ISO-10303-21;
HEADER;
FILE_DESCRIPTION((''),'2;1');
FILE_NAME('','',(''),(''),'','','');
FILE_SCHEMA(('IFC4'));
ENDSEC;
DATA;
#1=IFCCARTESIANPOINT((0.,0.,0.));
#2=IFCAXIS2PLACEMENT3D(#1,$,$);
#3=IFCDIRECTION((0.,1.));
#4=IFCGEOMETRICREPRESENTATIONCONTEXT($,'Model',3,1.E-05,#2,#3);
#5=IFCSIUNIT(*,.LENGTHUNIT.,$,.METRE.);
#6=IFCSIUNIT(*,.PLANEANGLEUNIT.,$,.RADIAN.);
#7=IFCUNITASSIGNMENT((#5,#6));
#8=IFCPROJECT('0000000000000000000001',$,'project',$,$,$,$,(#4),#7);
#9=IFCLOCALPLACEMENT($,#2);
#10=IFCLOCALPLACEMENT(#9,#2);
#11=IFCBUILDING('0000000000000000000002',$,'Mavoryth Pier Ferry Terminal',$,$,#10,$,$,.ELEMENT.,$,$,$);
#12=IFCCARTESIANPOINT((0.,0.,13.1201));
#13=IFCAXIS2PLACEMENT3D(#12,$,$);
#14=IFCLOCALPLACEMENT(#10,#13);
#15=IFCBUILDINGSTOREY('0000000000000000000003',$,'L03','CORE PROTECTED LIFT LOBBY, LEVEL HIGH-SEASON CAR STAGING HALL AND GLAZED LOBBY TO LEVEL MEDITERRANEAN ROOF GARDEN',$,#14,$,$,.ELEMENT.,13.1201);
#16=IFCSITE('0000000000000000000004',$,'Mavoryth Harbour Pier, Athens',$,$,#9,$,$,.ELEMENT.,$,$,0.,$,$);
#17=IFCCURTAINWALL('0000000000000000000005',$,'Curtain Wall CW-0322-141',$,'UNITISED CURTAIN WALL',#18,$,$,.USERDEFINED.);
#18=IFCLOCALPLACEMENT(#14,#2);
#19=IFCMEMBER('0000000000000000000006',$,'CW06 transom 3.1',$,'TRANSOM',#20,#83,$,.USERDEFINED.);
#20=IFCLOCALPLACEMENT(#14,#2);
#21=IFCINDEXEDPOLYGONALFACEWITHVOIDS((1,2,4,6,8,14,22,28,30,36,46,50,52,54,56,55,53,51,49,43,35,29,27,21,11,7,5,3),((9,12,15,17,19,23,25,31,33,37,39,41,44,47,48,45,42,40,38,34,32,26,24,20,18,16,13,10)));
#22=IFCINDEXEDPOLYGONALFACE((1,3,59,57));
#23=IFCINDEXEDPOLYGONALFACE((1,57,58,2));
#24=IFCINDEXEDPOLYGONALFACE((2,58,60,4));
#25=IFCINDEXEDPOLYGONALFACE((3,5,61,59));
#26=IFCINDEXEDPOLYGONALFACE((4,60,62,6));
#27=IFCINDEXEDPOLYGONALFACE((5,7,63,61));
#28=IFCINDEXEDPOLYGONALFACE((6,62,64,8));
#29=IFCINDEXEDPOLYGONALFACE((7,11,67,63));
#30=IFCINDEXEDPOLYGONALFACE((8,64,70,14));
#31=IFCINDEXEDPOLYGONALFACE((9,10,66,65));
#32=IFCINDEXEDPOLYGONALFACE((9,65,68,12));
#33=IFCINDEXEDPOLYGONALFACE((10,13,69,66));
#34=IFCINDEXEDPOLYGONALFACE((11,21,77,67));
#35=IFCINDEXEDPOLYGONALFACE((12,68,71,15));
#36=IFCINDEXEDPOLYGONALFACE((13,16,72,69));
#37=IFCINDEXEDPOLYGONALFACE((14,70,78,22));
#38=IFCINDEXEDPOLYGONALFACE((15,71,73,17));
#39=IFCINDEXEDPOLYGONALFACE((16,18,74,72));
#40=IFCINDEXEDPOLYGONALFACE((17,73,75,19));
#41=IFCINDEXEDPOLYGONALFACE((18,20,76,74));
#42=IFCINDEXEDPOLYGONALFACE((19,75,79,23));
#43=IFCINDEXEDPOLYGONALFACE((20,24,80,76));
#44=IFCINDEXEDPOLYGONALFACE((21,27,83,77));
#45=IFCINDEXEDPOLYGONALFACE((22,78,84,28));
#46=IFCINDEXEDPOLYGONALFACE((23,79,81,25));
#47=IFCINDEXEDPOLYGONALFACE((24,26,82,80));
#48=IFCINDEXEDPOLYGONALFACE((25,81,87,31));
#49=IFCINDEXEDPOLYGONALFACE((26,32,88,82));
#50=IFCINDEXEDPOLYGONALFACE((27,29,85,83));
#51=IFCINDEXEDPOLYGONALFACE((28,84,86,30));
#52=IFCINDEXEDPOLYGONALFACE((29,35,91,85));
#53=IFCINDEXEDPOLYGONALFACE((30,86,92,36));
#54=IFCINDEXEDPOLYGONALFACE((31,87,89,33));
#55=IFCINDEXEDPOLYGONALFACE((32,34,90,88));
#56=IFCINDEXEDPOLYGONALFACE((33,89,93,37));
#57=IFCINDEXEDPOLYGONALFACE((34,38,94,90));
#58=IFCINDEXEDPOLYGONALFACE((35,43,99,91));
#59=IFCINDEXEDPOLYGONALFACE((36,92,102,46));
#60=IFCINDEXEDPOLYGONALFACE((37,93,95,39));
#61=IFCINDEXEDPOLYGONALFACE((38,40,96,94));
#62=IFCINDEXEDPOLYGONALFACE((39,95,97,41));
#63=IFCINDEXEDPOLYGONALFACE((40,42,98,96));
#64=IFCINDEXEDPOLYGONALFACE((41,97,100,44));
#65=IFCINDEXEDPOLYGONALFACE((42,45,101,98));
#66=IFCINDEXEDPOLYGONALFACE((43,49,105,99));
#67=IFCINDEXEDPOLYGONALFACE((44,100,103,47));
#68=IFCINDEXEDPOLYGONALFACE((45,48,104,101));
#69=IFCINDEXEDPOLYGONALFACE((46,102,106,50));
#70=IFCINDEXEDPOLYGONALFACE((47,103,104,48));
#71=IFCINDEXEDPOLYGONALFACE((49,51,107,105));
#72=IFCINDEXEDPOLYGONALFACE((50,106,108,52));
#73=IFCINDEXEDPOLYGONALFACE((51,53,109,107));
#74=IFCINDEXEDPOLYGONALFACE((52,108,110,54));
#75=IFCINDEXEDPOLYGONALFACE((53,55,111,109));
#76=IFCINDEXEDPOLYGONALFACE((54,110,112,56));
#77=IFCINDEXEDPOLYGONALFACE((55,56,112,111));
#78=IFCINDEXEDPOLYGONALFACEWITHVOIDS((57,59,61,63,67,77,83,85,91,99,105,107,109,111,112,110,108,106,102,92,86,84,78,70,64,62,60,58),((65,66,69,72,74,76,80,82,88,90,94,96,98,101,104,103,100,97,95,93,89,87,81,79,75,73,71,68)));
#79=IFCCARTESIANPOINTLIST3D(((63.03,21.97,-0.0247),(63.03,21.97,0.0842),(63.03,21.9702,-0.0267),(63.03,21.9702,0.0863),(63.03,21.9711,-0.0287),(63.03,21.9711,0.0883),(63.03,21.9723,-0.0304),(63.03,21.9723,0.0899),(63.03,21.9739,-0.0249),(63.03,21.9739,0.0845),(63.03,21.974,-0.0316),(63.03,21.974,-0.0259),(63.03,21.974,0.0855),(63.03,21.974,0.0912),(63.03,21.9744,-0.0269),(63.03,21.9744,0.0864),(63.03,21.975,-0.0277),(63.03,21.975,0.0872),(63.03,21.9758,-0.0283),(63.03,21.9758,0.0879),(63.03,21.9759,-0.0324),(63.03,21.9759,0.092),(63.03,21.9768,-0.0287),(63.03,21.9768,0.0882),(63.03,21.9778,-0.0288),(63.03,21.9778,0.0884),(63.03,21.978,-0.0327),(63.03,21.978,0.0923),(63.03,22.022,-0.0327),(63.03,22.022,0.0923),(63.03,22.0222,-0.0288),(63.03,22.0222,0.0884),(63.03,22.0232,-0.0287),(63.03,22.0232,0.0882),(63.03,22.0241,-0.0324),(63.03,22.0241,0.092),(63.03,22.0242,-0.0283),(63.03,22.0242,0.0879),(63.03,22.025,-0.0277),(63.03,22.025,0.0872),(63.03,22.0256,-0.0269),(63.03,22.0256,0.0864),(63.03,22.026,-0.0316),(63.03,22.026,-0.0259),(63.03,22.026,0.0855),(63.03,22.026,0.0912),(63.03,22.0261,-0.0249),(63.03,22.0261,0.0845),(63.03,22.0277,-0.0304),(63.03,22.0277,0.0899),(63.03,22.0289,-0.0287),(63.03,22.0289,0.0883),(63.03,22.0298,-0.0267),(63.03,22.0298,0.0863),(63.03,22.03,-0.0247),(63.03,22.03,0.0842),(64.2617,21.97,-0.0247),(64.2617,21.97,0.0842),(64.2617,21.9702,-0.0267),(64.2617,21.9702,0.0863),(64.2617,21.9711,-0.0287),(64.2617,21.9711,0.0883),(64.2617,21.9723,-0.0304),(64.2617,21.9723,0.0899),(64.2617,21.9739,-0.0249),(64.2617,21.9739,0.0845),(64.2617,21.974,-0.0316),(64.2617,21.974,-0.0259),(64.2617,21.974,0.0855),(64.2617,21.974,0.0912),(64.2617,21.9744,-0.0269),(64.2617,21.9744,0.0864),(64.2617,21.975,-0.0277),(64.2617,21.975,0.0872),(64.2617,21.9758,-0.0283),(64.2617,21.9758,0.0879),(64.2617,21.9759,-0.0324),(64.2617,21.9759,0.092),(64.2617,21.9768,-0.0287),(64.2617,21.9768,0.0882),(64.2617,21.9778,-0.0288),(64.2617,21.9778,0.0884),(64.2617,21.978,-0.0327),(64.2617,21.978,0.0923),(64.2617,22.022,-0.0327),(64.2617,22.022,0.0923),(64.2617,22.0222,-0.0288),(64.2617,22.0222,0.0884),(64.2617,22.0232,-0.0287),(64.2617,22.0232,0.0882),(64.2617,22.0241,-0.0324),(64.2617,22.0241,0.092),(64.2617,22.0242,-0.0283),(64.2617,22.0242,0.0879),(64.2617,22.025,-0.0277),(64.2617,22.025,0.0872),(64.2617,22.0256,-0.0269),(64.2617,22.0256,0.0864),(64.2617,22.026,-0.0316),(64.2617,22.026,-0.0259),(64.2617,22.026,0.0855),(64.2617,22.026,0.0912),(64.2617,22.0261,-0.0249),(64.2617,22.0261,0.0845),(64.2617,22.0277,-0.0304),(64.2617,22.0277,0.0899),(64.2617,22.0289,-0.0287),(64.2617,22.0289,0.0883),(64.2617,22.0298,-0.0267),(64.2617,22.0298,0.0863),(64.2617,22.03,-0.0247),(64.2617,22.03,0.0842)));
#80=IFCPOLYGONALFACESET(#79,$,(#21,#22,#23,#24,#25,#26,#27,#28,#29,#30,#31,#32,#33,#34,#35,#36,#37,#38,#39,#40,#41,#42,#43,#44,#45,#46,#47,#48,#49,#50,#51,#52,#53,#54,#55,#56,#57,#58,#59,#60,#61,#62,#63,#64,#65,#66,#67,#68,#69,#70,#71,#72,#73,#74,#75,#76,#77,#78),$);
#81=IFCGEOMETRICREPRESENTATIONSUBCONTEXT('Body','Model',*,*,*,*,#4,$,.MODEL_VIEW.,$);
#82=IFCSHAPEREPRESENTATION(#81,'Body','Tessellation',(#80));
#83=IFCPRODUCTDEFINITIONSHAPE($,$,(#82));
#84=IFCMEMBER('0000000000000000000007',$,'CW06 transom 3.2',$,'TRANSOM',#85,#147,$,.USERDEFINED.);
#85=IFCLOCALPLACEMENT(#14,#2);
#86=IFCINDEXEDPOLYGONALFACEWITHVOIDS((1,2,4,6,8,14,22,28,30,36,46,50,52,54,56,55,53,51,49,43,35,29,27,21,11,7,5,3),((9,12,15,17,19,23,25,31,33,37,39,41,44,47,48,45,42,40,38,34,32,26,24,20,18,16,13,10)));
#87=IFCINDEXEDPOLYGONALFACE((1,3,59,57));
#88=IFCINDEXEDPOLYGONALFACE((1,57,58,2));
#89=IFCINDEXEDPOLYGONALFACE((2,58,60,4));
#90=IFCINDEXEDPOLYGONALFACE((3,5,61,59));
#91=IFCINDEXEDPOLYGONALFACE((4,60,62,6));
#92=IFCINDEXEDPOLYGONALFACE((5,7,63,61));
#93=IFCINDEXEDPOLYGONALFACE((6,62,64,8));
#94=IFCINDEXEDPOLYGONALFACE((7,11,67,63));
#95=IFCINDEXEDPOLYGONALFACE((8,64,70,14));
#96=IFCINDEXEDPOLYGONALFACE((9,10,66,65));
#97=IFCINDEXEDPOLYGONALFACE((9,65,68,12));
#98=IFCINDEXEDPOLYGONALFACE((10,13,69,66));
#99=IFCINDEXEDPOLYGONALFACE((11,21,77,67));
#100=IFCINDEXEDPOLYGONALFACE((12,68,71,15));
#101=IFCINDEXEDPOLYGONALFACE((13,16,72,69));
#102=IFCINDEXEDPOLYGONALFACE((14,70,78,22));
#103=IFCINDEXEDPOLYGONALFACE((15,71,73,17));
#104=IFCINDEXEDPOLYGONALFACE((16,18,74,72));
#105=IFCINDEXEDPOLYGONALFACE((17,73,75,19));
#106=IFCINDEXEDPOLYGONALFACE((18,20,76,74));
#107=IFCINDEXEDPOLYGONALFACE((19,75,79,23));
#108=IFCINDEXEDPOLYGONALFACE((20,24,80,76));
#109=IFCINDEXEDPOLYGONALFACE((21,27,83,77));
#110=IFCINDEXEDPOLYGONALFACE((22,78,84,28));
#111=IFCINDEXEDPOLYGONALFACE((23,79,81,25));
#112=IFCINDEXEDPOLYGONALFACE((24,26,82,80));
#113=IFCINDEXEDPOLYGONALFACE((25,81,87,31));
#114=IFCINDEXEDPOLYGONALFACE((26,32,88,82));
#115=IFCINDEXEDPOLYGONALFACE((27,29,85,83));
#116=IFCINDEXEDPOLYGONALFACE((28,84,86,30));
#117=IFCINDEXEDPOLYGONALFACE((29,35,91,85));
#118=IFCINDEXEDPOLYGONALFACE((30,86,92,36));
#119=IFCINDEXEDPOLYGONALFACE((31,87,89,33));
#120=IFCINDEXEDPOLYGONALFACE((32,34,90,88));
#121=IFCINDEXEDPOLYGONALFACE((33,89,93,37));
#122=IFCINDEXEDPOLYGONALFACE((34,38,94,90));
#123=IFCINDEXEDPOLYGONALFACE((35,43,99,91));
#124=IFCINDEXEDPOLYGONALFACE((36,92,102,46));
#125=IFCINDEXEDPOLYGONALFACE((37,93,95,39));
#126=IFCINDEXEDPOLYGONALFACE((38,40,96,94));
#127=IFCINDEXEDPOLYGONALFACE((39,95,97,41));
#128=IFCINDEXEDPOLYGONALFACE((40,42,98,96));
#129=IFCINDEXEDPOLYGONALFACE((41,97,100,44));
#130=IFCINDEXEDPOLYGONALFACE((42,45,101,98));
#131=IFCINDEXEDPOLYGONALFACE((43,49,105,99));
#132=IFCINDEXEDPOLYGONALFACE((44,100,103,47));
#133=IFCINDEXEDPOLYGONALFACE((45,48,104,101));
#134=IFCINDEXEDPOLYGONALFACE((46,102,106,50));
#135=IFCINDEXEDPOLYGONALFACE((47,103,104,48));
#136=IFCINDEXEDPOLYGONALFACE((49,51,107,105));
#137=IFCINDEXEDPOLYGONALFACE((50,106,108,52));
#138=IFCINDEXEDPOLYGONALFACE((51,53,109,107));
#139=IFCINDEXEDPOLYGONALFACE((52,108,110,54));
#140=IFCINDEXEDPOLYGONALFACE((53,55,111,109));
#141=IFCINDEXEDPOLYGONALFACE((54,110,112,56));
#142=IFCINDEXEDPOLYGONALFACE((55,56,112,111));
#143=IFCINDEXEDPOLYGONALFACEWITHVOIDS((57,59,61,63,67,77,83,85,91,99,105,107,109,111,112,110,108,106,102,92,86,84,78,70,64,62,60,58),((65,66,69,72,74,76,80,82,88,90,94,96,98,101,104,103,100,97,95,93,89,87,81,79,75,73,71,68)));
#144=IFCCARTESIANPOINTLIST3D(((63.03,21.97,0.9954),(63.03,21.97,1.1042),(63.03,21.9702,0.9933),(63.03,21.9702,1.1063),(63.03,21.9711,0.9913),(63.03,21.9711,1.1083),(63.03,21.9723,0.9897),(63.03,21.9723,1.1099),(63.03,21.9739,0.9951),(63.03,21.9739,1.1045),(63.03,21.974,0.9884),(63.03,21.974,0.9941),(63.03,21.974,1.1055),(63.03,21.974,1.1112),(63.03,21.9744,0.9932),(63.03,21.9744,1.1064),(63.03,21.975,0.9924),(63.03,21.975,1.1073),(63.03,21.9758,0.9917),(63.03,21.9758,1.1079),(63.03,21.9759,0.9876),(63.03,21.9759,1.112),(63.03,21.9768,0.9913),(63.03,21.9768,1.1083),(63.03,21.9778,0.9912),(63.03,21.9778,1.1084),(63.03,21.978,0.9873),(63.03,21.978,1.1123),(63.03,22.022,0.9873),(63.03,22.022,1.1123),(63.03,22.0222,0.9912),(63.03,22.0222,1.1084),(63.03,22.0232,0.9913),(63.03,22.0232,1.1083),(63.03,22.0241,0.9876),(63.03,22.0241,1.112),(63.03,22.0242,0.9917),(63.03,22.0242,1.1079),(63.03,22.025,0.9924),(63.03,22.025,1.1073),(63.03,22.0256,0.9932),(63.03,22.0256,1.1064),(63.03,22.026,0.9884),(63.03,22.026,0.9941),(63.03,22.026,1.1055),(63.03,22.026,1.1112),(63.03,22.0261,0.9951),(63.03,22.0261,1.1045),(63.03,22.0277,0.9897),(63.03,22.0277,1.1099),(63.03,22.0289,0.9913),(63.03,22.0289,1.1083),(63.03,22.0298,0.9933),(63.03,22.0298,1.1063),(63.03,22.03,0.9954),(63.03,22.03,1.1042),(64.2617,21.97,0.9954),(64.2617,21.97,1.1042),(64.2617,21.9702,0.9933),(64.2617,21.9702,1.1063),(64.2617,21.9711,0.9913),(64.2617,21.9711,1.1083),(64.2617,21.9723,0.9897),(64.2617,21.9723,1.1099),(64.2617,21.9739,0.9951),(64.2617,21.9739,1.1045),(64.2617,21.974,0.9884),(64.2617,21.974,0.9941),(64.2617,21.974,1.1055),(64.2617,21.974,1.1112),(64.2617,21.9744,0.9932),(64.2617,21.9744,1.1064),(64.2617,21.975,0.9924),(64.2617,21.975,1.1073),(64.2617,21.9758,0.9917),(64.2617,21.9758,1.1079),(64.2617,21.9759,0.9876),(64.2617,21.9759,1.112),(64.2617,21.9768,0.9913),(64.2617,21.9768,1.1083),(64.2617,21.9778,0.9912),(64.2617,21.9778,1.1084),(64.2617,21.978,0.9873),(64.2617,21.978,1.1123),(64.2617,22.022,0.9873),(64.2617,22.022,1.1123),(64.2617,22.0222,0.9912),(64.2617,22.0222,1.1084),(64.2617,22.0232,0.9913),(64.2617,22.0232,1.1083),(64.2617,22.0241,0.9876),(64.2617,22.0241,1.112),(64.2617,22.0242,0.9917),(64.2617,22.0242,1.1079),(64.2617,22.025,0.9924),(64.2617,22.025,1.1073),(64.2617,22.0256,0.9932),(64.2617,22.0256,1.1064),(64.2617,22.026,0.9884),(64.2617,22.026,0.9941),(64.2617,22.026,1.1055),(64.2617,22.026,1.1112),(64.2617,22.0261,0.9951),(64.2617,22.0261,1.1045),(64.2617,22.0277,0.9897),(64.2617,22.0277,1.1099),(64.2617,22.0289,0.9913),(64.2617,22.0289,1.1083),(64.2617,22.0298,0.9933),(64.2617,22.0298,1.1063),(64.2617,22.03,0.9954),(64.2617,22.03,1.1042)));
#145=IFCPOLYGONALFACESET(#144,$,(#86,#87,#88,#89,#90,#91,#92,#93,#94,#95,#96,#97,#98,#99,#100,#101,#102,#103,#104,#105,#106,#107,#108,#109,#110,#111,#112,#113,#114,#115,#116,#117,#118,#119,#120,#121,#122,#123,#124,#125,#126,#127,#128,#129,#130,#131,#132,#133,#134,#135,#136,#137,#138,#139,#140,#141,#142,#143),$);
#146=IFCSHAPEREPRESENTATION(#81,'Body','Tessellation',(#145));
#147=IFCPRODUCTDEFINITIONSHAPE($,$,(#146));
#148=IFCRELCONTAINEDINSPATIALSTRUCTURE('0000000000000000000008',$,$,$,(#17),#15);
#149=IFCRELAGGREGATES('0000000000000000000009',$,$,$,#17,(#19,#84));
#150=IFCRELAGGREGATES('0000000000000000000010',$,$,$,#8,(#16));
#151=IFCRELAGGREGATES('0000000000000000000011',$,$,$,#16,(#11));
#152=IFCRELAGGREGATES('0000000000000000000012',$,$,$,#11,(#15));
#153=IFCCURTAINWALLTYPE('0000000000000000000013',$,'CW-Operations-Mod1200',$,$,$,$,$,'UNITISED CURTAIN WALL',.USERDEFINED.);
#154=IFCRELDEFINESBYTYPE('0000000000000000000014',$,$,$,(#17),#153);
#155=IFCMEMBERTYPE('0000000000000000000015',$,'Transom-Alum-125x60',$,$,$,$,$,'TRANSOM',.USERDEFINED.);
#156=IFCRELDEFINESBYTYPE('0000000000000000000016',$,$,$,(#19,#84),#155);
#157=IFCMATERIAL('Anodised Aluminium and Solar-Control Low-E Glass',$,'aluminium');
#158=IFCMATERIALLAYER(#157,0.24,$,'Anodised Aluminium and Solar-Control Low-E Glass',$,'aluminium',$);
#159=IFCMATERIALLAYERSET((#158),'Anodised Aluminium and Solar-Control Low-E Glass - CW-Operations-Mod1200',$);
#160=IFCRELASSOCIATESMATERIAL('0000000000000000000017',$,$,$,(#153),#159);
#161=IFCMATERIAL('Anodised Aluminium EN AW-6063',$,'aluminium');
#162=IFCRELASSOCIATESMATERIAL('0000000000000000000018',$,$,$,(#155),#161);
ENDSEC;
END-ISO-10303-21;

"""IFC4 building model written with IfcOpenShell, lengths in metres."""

from ifc_helpers import new_model, si_unit, direction, frame, origin, origin_2d, place, context, subcontext, project, spatial, hollow_rectangle, extrude, material, layer, layer_set, material_profile, profile_set, type_object, element, aggregate, save


model = new_model("IFC4")

# Units and contexts
model_context = context("Model", 3, precision=1e-05, world=origin(), true_north=direction((0.0, 1.0)))
body_context = subcontext(model_context, "Body", "Model", "MODEL_VIEW")
ifc_project = project(units=[si_unit("LENGTHUNIT", "METRE"), si_unit("PLANEANGLEUNIT", "RADIAN")], contexts=[model_context])

# Site, building, storey
site_placement = place(None, origin())
site = spatial("IfcSite", under=ifc_project, at=site_placement, Name="Mavoryth Harbour Pier, Athens", CompositionType="ELEMENT", RefElevation=0.0)
building_placement = place(site_placement, origin())
building = spatial("IfcBuilding", under=site, at=building_placement, Name="Mavoryth Pier Ferry Terminal", CompositionType="ELEMENT")
storey_placement = place(building_placement, frame((0.0, 0.0, 13.1201)))
storey = spatial("IfcBuildingStorey", under=building, at=storey_placement, Name="L03", Description="CORE PROTECTED LIFT LOBBY, LEVEL HIGH-SEASON CAR STAGING HALL AND GLAZED LOBBY TO LEVEL MEDITERRANEAN ROOF GARDEN", CompositionType="ELEMENT", Elevation=13.1201)

# Curtain wall
ifc_material_1 = material(Name="Anodised Aluminium and Solar-Control Low-E Glass", Category="aluminium")
ifc_layer_1 = layer(ifc_material_1, 0.24, Name="Anodised Aluminium and Solar-Control Low-E Glass", Category="aluminium")
ifc_layer_set_1 = layer_set([ifc_layer_1], Name="Anodised Aluminium and Solar-Control Low-E Glass - CW-Operations-Mod1200")
curtain_wall_type = type_object("IfcCurtainWallType", Name="CW-Operations-Mod1200", ElementType="UNITISED CURTAIN WALL", PredefinedType="USERDEFINED", material=ifc_layer_set_1)
curtain_wall_1_placement = place(storey_placement, origin())
curtain_wall_1 = element("IfcCurtainWall", 1, at=curtain_wall_1_placement, inside=storey, type_object=curtain_wall_type, Name="Curtain Wall CW-0322-141", ObjectType="UNITISED CURTAIN WALL", PredefinedType="USERDEFINED")
ifc_material_2 = material(Name="Anodised Aluminium EN AW-6063", Category="aluminium")

# Members
ifc_material_profile_1 = material_profile(ifc_material_2, hollow_rectangle(XDim=0.0601, YDim=0.125, WallThickness=0.0039, InnerFilletRadius=0.0039, OuterFilletRadius=0.0081, at=origin_2d()), Name="AL-TRAN 125x60x4", Category="aluminium")
ifc_profile_set_1 = profile_set([ifc_material_profile_1], Name="Anodised Aluminium EN AW-6063 - AL-TRAN 125x60x4")
member_type_1 = type_object("IfcMemberType", Name="Transom-Alum-125x60", ElementType="TRANSOM", PredefinedType="USERDEFINED", material=ifc_profile_set_1)
member_1_placement = place(storey_placement, frame((64.2617, 22.0, 0.0298), z_axis=(-1.0, 0.0, 0.0), x_axis=(0.0, -1.0, 0.0)))
member_1 = element("IfcMember", 2, at=member_1_placement, type_object=member_type_1, Name="CW06 transom 3.1", ObjectType="TRANSOM", PredefinedType="USERDEFINED", context=body_context, shape_type="SweptSolid", body=[
    extrude(hollow_rectangle(XDim=0.0601, YDim=0.125, WallThickness=0.0039, InnerFilletRadius=0.0039, OuterFilletRadius=0.0081, at=origin_2d()), origin(), (0.0, 0.0, 1.0), 1.2317),
])
member_2_placement = place(storey_placement, frame((64.2617, 22.0, 1.0498), z_axis=(-1.0, 0.0, 0.0), x_axis=(0.0, -1.0, 0.0)))
member_2 = element("IfcMember", 3, at=member_2_placement, type_object=member_type_1, Name="CW06 transom 3.2", ObjectType="TRANSOM", PredefinedType="USERDEFINED", context=body_context, shape_type="SweptSolid", body=[
    extrude(hollow_rectangle(XDim=0.0601, YDim=0.125, WallThickness=0.0039, InnerFilletRadius=0.0039, OuterFilletRadius=0.0081, at=origin_2d()), origin(), (0.0, 0.0, 1.0), 1.2317),
])

aggregate(curtain_wall_1, [member_1, member_2])

save(model, "model.ifc")
